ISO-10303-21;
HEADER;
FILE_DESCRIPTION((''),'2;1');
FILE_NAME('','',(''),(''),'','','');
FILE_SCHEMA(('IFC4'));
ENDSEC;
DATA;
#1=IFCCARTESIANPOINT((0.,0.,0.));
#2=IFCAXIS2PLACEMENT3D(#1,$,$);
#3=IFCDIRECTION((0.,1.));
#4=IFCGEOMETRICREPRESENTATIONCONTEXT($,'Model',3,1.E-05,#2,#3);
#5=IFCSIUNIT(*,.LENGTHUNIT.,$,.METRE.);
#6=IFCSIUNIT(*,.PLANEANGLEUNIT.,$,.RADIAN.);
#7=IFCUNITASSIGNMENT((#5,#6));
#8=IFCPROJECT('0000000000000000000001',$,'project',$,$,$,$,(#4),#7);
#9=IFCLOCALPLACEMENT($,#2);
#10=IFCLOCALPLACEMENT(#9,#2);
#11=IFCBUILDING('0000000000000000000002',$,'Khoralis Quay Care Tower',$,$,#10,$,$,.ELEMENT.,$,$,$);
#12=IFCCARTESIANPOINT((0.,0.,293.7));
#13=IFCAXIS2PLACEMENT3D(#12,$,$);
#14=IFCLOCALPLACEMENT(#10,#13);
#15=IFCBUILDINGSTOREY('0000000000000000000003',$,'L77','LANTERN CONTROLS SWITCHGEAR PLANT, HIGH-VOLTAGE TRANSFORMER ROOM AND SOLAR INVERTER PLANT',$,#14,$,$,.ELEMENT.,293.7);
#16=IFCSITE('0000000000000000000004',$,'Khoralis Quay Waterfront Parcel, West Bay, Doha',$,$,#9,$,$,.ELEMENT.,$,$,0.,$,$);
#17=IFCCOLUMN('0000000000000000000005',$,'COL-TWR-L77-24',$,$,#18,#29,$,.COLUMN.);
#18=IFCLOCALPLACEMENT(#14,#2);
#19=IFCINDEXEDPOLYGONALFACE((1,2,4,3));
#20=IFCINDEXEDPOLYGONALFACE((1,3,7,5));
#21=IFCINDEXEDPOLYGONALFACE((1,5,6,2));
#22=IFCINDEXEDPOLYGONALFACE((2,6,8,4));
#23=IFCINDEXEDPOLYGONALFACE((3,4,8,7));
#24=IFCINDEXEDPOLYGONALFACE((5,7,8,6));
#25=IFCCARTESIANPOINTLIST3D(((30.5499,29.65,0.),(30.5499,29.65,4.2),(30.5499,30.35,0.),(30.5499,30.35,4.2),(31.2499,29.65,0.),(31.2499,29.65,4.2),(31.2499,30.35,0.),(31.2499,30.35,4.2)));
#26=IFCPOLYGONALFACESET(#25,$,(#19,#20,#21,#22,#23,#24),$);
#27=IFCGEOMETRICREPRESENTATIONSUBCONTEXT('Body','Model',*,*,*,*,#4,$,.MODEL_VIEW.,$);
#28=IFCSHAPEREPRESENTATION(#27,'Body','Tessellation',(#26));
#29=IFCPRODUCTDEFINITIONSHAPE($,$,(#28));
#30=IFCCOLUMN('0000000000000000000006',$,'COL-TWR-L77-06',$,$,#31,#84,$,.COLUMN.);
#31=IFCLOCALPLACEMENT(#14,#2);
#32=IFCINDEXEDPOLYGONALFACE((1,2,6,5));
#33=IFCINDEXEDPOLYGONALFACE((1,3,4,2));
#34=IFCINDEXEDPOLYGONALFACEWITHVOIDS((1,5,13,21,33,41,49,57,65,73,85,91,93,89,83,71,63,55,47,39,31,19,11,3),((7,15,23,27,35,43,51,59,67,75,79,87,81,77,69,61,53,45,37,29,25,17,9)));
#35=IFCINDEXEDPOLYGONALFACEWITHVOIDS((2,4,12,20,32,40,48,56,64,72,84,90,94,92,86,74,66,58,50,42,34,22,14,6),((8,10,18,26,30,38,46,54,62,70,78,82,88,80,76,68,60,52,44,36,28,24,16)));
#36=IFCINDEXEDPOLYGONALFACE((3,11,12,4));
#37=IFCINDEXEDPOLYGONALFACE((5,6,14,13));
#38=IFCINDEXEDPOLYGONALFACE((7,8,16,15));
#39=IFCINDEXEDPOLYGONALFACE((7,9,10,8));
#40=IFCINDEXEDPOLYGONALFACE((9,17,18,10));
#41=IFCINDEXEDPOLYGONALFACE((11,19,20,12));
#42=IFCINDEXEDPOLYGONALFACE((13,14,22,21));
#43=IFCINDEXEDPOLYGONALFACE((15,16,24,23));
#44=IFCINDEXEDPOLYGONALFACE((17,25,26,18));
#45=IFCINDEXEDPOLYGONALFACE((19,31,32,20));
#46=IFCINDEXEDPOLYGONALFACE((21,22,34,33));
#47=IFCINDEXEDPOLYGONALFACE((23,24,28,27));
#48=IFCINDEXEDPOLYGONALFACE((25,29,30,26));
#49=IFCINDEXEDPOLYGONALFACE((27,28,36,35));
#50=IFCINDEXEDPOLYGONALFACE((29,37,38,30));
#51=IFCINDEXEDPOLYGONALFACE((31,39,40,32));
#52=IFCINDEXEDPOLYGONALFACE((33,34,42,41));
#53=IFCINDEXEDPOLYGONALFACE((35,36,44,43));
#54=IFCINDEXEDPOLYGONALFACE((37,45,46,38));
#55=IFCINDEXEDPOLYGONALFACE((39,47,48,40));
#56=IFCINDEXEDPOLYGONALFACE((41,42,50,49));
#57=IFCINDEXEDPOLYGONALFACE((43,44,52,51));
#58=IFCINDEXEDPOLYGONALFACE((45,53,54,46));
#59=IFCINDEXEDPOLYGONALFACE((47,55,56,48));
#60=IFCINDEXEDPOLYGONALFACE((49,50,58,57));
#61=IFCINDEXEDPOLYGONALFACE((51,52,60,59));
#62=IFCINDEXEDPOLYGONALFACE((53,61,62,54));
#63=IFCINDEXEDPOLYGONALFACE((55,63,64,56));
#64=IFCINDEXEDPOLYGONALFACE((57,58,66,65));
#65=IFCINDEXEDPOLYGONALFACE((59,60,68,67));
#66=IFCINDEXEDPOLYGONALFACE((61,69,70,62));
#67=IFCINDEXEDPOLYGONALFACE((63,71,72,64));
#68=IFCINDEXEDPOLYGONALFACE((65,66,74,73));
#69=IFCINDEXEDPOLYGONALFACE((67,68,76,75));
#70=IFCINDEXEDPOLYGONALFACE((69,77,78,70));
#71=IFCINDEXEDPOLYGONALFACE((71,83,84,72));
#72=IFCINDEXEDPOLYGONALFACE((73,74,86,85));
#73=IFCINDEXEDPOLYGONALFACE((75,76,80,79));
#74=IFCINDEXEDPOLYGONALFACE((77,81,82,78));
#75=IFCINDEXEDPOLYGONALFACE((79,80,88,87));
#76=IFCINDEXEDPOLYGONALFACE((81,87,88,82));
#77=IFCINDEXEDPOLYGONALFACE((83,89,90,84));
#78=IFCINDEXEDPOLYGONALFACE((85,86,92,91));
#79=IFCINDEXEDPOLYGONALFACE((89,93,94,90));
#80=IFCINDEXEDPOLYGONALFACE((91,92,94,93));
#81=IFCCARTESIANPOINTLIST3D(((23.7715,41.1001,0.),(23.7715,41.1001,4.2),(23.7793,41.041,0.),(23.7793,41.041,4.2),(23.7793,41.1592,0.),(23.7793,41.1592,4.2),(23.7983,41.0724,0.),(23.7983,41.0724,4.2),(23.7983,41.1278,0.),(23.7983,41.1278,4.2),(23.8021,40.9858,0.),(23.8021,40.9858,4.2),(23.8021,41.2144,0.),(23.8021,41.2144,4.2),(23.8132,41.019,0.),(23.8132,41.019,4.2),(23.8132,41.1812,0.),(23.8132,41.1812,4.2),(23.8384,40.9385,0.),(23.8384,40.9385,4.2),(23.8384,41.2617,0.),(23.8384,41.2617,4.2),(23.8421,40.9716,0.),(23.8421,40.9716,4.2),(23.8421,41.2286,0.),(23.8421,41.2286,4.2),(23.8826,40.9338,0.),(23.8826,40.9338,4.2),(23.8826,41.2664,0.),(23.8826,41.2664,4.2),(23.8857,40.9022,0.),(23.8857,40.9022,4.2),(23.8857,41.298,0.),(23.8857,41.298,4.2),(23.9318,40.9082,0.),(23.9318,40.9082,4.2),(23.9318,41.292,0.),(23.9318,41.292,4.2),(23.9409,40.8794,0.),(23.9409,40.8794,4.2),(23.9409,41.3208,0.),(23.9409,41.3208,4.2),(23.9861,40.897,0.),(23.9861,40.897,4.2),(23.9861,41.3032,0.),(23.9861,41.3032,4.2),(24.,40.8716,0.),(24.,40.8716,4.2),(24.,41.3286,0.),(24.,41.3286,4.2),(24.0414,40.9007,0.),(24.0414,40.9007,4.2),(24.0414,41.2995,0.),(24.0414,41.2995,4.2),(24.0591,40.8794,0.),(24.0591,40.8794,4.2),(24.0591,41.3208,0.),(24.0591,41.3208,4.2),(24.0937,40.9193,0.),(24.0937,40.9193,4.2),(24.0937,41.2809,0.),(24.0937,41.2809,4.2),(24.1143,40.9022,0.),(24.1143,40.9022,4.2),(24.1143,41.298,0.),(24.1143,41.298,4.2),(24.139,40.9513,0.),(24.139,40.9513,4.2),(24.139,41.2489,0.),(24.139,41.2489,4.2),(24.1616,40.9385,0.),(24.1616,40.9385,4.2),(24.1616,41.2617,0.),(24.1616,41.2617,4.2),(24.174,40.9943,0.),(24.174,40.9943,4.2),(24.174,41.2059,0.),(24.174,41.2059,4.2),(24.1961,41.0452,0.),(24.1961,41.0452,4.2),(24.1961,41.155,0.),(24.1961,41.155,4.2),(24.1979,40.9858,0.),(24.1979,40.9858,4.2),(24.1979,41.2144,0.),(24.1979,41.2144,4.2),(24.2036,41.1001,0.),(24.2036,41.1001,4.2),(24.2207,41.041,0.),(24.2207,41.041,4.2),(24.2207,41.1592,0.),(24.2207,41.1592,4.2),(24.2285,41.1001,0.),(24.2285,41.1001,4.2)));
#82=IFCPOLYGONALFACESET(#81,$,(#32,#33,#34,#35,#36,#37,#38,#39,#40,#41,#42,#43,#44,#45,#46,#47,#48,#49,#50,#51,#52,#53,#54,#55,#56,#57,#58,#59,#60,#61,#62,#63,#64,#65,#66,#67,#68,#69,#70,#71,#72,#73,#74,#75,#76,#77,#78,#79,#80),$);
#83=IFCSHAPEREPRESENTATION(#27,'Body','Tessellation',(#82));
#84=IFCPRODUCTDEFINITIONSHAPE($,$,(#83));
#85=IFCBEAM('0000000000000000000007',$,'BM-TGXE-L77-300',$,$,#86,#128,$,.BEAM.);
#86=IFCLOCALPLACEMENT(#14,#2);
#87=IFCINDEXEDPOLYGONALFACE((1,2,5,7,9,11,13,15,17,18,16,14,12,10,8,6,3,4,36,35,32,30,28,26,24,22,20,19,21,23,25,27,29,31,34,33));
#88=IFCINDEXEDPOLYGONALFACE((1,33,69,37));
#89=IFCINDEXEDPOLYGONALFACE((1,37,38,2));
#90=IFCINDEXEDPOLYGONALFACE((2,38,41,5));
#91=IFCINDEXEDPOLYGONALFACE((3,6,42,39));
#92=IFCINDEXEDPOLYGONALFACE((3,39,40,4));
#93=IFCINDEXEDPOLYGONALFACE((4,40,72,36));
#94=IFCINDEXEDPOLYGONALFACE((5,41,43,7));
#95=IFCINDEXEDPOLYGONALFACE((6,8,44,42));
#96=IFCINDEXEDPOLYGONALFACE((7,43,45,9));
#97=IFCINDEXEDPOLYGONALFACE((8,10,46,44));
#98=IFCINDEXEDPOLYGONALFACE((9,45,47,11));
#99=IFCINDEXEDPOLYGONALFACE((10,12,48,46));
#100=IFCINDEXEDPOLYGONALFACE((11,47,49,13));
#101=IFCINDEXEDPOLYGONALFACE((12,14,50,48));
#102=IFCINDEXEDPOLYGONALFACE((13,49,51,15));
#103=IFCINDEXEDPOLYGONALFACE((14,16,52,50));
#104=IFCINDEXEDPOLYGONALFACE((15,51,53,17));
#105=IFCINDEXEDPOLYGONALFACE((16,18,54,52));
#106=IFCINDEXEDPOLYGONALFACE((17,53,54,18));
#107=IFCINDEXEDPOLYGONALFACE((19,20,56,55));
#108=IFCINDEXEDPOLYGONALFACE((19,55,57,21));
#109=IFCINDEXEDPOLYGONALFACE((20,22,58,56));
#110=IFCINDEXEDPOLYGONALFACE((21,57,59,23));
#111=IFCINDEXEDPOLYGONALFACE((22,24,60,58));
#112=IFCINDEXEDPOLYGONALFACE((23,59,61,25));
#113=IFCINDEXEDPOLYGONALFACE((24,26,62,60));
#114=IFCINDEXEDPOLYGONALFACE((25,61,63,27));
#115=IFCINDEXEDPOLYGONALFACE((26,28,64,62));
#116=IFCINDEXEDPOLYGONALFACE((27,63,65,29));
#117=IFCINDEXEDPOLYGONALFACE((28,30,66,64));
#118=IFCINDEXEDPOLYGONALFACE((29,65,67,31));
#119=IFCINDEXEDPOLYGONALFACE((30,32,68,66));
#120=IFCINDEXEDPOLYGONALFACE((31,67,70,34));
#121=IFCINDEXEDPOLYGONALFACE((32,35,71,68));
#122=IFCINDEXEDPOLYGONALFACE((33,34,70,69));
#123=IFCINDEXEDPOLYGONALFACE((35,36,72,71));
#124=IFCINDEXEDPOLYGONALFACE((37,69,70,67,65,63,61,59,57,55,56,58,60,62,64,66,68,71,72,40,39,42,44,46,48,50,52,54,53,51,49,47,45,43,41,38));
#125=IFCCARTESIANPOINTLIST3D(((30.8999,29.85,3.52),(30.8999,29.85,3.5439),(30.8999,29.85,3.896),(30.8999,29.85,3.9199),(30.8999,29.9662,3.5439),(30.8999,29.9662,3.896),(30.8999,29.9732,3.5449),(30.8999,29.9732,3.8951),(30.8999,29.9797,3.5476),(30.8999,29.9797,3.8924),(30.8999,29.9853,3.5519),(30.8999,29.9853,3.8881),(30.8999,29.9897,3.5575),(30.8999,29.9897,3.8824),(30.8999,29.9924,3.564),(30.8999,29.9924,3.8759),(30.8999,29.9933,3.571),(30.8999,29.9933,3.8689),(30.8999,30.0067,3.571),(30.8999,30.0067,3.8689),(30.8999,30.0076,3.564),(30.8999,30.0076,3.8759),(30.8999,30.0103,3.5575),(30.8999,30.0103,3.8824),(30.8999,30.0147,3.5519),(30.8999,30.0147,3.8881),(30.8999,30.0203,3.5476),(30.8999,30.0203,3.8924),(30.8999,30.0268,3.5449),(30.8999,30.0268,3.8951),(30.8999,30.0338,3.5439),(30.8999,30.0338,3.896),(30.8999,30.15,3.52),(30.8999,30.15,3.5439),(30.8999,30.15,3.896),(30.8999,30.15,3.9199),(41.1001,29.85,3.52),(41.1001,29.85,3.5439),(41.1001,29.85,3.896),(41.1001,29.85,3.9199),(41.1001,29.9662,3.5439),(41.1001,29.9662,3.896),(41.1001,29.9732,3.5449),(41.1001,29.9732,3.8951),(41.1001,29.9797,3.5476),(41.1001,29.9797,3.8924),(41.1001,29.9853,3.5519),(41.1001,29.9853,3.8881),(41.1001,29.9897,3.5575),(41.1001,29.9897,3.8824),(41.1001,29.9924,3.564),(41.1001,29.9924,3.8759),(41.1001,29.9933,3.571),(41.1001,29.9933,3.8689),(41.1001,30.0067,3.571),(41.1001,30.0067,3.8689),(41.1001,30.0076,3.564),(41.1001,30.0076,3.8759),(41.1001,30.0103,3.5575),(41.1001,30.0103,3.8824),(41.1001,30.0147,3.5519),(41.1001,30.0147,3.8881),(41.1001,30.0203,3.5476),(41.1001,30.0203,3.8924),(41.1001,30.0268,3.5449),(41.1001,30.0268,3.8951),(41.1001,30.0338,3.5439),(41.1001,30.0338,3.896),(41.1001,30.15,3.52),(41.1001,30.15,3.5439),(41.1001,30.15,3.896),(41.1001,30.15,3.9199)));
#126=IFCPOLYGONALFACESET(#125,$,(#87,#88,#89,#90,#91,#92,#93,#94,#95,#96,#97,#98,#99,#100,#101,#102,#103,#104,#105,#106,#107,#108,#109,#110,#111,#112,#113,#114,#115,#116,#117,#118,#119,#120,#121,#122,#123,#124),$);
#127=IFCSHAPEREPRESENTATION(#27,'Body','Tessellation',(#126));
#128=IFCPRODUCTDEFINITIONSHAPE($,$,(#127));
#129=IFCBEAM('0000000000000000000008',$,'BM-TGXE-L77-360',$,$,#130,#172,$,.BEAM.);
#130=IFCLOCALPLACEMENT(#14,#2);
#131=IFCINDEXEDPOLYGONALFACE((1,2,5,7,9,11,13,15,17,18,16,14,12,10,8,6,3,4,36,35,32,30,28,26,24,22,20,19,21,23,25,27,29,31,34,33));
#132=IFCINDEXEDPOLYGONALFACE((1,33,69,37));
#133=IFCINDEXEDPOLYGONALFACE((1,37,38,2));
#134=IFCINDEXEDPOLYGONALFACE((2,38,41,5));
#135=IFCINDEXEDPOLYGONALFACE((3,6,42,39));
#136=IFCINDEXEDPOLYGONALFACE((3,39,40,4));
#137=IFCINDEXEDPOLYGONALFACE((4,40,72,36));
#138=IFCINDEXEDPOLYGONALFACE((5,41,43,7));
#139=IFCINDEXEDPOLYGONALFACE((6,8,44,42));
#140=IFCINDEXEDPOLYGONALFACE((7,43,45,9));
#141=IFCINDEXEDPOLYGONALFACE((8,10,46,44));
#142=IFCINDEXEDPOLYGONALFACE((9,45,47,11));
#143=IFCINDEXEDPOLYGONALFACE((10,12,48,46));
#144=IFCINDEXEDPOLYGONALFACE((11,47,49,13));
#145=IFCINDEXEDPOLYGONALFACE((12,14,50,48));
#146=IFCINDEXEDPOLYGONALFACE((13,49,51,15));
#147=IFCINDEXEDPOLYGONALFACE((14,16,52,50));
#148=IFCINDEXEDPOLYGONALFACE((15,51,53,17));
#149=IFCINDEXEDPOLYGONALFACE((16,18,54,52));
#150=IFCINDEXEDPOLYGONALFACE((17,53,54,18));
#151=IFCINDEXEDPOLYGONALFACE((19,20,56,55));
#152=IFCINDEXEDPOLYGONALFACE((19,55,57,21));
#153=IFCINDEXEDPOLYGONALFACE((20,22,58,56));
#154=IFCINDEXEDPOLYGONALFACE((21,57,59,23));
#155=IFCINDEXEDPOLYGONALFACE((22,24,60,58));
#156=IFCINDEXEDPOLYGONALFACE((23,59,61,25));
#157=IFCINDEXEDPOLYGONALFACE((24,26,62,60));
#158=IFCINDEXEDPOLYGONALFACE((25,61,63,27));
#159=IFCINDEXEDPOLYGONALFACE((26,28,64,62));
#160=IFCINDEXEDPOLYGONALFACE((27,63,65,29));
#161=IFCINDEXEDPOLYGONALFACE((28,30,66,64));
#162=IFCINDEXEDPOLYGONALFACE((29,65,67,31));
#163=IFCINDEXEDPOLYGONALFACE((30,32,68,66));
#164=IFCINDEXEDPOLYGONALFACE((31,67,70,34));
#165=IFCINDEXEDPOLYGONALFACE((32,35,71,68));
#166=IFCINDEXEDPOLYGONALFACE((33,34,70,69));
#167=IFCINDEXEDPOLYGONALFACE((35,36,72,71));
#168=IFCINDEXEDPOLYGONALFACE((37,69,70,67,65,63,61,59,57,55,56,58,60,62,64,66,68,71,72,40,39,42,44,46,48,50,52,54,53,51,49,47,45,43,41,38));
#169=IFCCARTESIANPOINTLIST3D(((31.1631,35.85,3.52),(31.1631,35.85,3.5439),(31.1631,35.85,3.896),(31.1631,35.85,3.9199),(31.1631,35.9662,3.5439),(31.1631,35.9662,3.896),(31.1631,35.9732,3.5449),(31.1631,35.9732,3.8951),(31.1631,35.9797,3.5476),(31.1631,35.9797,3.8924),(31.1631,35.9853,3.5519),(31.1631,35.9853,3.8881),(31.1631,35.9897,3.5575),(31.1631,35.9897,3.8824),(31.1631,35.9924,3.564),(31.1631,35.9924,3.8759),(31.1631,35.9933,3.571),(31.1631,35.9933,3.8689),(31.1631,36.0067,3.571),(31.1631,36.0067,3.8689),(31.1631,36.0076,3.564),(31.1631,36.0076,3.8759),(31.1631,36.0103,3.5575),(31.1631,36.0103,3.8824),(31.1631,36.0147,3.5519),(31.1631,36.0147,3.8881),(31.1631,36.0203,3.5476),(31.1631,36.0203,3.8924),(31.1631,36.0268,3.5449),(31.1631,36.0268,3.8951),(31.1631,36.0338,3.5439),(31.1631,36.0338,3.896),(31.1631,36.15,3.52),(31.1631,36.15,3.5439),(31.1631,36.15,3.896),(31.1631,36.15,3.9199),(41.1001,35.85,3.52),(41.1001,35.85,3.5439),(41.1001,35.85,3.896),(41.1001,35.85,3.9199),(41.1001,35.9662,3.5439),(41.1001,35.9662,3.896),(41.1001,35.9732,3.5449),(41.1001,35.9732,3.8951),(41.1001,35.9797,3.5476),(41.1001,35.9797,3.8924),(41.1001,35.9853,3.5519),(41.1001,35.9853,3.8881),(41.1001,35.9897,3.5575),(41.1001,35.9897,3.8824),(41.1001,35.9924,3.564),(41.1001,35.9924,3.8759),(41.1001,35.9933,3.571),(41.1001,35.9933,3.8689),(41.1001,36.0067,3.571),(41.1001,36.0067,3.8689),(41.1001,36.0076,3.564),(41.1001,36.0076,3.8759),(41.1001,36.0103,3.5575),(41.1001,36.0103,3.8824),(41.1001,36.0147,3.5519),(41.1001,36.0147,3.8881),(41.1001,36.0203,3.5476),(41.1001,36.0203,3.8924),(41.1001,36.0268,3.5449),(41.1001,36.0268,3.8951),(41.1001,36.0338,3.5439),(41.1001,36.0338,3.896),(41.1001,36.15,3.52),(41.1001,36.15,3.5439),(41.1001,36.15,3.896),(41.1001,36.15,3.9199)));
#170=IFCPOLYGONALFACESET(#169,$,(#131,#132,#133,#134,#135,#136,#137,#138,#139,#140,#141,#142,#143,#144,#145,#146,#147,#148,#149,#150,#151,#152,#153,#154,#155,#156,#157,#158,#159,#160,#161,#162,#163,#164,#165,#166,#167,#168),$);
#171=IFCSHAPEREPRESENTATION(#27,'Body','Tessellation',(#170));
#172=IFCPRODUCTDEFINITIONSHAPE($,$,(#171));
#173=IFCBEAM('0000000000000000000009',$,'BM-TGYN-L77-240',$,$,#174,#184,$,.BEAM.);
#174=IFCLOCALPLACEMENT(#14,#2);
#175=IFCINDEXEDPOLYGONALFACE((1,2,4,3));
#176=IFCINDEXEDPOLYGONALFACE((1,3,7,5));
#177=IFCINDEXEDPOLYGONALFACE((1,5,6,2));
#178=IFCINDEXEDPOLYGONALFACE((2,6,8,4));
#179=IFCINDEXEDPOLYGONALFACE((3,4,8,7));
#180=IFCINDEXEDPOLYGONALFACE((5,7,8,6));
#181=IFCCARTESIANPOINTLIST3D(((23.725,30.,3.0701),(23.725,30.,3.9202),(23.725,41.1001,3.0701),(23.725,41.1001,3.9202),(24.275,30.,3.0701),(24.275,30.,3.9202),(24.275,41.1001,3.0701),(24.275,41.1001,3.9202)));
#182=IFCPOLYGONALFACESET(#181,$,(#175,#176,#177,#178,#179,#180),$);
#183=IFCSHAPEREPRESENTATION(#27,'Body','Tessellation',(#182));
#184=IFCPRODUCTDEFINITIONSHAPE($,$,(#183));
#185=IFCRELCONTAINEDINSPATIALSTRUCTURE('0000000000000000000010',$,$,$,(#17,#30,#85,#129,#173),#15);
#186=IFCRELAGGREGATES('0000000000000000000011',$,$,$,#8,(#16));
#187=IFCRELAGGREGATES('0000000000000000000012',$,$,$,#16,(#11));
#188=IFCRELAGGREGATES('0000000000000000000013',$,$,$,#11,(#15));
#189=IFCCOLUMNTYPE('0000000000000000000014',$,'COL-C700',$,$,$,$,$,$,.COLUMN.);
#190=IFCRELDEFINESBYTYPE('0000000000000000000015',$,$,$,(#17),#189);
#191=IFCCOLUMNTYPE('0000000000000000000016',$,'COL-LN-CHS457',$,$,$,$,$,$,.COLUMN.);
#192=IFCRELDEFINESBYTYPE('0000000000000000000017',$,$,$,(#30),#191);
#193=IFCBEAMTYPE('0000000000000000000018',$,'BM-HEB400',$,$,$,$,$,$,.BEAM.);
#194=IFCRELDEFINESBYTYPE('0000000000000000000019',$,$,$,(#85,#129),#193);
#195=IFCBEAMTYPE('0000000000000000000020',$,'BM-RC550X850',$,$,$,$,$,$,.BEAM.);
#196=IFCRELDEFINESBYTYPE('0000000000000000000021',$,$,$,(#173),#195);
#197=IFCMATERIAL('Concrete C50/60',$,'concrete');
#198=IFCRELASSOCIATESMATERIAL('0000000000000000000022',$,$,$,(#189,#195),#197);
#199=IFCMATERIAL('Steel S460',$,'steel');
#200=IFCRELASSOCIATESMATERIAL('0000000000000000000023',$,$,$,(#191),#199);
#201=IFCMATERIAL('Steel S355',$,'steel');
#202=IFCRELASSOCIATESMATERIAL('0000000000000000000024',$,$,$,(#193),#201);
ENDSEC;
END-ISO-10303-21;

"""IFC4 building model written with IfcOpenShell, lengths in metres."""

from ifc_helpers import new_model, si_unit, direction, frame, origin, origin_2d, place, context, subcontext, project, spatial, rectangle, hollow_circle, i_section, extrude, source, transform, mapped, material, material_profile, profile_set, type_object, element, save


model = new_model("IFC4")

# Units and contexts
model_context = context("Model", 3, precision=1e-05, world=origin(), true_north=direction((0.0, 1.0)))
body_context = subcontext(model_context, "Body", "Model", "MODEL_VIEW")
ifc_project = project(units=[si_unit("LENGTHUNIT", "METRE"), si_unit("PLANEANGLEUNIT", "RADIAN")], contexts=[model_context])

# Site, building, storey
site_placement = place(None, origin())
site = spatial("IfcSite", under=ifc_project, at=site_placement, Name="Khoralis Quay Waterfront Parcel, West Bay, Doha", CompositionType="ELEMENT", RefElevation=0.0)
building_placement = place(site_placement, origin())
building = spatial("IfcBuilding", under=site, at=building_placement, Name="Khoralis Quay Care Tower", CompositionType="ELEMENT")
storey_placement = place(building_placement, frame((0.0, 0.0, 293.7)))
storey = spatial("IfcBuildingStorey", under=building, at=storey_placement, Name="L77", Description="LANTERN CONTROLS SWITCHGEAR PLANT, HIGH-VOLTAGE TRANSFORMER ROOM AND SOLAR INVERTER PLANT", CompositionType="ELEMENT", Elevation=293.7)

# Columns
ifc_material_1 = material(Name="Concrete C50/60", Category="concrete")
ifc_material_profile_1 = material_profile(ifc_material_1, rectangle(XDim=0.7, YDim=0.7, at=origin_2d()), Name="Concrete C50/60")
ifc_profile_set_1 = profile_set([ifc_material_profile_1], Name="Concrete C50/60")
column_type_1 = type_object("IfcColumnType", Name="COL-C700", PredefinedType="COLUMN", material=ifc_profile_set_1)
shared_shape_1 = source(origin(), body_context, "Body", "SweptSolid", [
    extrude(rectangle(XDim=0.7, YDim=0.7, at=origin_2d()), origin(), (0.0, 0.0, 1.0), 4.2),
])
column_1_placement = place(storey_placement, frame((30.8999, 30.0, 0.0), z_axis=(0.0, 0.0, 1.0), x_axis=(1.0, 0.0, 0.0)))
element("IfcColumn", 1, at=column_1_placement, inside=storey, type_object=column_type_1, Name="COL-TWR-L77-24", PredefinedType="COLUMN", context=body_context, shape_type="MappedRepresentation", body=[
    mapped(shared_shape_1, transform((0.0, 0.0, 0.0), scale=1.0)),
])
ifc_material_2 = material(Name="Steel S460", Category="steel")
ifc_material_profile_2 = material_profile(ifc_material_2, hollow_circle(Radius=0.2285, WallThickness=0.0249, at=origin_2d()), Name="Steel S460")
ifc_profile_set_2 = profile_set([ifc_material_profile_2], Name="Steel S460")
column_type_2 = type_object("IfcColumnType", Name="COL-LN-CHS457", PredefinedType="COLUMN", material=ifc_profile_set_2)
shared_shape_2 = source(origin(), body_context, "Body", "SweptSolid", [
    extrude(hollow_circle(Radius=0.2285, WallThickness=0.0249, at=origin_2d()), origin(), (0.0, 0.0, 1.0), 4.2),
])
column_2_placement = place(storey_placement, frame((24.0, 41.1001, 0.0), z_axis=(0.0, 0.0, 1.0), x_axis=(1.0, 0.0, 0.0)))
element("IfcColumn", 2, at=column_2_placement, inside=storey, type_object=column_type_2, Name="COL-TWR-L77-06", PredefinedType="COLUMN", context=body_context, shape_type="MappedRepresentation", body=[
    mapped(shared_shape_2, transform((0.0, 0.0, 0.0), scale=1.0)),
])

# Beams
ifc_material_3 = material(Name="Steel S355", Category="steel")
ifc_material_profile_3 = material_profile(ifc_material_3, i_section(OverallWidth=0.3, OverallDepth=0.3999, WebThickness=0.0134, FlangeThickness=0.0239, FilletRadius=0.0271, at=origin_2d()), Name="Steel S355")
ifc_profile_set_3 = profile_set([ifc_material_profile_3], Name="Steel S355")
beam_type_1 = type_object("IfcBeamType", Name="BM-HEB400", PredefinedType="BEAM", material=ifc_profile_set_3)
shared_shape_3 = source(origin(), body_context, "Body", "SweptSolid", [
    extrude(i_section(OverallWidth=0.3, OverallDepth=0.3999, WebThickness=0.0134, FlangeThickness=0.0239, FilletRadius=0.0271, at=origin_2d()), origin(), (0.0, 0.0, 1.0), 10.2002),
])
beam_1_placement = place(storey_placement, frame((30.8999, 30.0, 3.72), z_axis=(1.0, 0.0, 0.0), x_axis=(0.0, 1.0, 0.0)))
element("IfcBeam", 3, at=beam_1_placement, inside=storey, type_object=beam_type_1, Name="BM-TGXE-L77-300", PredefinedType="BEAM", context=body_context, shape_type="MappedRepresentation", body=[
    mapped(shared_shape_3, transform((0.0, 0.0, 0.0), scale=1.0)),
])
shared_shape_4 = source(origin(), body_context, "Body", "SweptSolid", [
    extrude(i_section(OverallWidth=0.3, OverallDepth=0.3999, WebThickness=0.0134, FlangeThickness=0.0239, FilletRadius=0.0271, at=origin_2d()), origin(), (0.0, 0.0, 1.0), 9.937),
])
beam_2_placement = place(storey_placement, frame((31.1631, 36.0, 3.72), z_axis=(1.0, 0.0, 0.0), x_axis=(0.0, 1.0, 0.0)))
element("IfcBeam", 4, at=beam_2_placement, inside=storey, type_object=beam_type_1, Name="BM-TGXE-L77-360", PredefinedType="BEAM", context=body_context, shape_type="MappedRepresentation", body=[
    mapped(shared_shape_4, transform((0.0, 0.0, 0.0), scale=1.0)),
])
ifc_material_profile_4 = material_profile(ifc_material_1, rectangle(XDim=0.55, YDim=0.8501, at=origin_2d()), Name="Concrete C50/60")
ifc_profile_set_4 = profile_set([ifc_material_profile_4], Name="Concrete C50/60")
beam_type_2 = type_object("IfcBeamType", Name="BM-RC550X850", PredefinedType="BEAM", material=ifc_profile_set_4)
shared_shape_5 = source(origin(), body_context, "Body", "SweptSolid", [
    extrude(rectangle(XDim=0.55, YDim=0.8501, at=origin_2d()), origin(), (0.0, 0.0, 1.0), 11.1001),
])
for number, where, z_axis, x_axis, name in (
    (5, (24.0, 30.0, 3.4951), (0.0, 1.0, 0.0), (-1.0, 0.0, 0.0), "BM-TGYN-L77-240"),
):
    element("IfcBeam", number, at=place(storey_placement, frame(where, z_axis=z_axis, x_axis=x_axis)), inside=storey, type_object=beam_type_2, Name=name, PredefinedType="BEAM", context=body_context, shape_type="MappedRepresentation", body=[
        mapped(shared_shape_5, transform((0.0, 0.0, 0.0), scale=1.0)),
    ])

save(model, "model.ifc")
